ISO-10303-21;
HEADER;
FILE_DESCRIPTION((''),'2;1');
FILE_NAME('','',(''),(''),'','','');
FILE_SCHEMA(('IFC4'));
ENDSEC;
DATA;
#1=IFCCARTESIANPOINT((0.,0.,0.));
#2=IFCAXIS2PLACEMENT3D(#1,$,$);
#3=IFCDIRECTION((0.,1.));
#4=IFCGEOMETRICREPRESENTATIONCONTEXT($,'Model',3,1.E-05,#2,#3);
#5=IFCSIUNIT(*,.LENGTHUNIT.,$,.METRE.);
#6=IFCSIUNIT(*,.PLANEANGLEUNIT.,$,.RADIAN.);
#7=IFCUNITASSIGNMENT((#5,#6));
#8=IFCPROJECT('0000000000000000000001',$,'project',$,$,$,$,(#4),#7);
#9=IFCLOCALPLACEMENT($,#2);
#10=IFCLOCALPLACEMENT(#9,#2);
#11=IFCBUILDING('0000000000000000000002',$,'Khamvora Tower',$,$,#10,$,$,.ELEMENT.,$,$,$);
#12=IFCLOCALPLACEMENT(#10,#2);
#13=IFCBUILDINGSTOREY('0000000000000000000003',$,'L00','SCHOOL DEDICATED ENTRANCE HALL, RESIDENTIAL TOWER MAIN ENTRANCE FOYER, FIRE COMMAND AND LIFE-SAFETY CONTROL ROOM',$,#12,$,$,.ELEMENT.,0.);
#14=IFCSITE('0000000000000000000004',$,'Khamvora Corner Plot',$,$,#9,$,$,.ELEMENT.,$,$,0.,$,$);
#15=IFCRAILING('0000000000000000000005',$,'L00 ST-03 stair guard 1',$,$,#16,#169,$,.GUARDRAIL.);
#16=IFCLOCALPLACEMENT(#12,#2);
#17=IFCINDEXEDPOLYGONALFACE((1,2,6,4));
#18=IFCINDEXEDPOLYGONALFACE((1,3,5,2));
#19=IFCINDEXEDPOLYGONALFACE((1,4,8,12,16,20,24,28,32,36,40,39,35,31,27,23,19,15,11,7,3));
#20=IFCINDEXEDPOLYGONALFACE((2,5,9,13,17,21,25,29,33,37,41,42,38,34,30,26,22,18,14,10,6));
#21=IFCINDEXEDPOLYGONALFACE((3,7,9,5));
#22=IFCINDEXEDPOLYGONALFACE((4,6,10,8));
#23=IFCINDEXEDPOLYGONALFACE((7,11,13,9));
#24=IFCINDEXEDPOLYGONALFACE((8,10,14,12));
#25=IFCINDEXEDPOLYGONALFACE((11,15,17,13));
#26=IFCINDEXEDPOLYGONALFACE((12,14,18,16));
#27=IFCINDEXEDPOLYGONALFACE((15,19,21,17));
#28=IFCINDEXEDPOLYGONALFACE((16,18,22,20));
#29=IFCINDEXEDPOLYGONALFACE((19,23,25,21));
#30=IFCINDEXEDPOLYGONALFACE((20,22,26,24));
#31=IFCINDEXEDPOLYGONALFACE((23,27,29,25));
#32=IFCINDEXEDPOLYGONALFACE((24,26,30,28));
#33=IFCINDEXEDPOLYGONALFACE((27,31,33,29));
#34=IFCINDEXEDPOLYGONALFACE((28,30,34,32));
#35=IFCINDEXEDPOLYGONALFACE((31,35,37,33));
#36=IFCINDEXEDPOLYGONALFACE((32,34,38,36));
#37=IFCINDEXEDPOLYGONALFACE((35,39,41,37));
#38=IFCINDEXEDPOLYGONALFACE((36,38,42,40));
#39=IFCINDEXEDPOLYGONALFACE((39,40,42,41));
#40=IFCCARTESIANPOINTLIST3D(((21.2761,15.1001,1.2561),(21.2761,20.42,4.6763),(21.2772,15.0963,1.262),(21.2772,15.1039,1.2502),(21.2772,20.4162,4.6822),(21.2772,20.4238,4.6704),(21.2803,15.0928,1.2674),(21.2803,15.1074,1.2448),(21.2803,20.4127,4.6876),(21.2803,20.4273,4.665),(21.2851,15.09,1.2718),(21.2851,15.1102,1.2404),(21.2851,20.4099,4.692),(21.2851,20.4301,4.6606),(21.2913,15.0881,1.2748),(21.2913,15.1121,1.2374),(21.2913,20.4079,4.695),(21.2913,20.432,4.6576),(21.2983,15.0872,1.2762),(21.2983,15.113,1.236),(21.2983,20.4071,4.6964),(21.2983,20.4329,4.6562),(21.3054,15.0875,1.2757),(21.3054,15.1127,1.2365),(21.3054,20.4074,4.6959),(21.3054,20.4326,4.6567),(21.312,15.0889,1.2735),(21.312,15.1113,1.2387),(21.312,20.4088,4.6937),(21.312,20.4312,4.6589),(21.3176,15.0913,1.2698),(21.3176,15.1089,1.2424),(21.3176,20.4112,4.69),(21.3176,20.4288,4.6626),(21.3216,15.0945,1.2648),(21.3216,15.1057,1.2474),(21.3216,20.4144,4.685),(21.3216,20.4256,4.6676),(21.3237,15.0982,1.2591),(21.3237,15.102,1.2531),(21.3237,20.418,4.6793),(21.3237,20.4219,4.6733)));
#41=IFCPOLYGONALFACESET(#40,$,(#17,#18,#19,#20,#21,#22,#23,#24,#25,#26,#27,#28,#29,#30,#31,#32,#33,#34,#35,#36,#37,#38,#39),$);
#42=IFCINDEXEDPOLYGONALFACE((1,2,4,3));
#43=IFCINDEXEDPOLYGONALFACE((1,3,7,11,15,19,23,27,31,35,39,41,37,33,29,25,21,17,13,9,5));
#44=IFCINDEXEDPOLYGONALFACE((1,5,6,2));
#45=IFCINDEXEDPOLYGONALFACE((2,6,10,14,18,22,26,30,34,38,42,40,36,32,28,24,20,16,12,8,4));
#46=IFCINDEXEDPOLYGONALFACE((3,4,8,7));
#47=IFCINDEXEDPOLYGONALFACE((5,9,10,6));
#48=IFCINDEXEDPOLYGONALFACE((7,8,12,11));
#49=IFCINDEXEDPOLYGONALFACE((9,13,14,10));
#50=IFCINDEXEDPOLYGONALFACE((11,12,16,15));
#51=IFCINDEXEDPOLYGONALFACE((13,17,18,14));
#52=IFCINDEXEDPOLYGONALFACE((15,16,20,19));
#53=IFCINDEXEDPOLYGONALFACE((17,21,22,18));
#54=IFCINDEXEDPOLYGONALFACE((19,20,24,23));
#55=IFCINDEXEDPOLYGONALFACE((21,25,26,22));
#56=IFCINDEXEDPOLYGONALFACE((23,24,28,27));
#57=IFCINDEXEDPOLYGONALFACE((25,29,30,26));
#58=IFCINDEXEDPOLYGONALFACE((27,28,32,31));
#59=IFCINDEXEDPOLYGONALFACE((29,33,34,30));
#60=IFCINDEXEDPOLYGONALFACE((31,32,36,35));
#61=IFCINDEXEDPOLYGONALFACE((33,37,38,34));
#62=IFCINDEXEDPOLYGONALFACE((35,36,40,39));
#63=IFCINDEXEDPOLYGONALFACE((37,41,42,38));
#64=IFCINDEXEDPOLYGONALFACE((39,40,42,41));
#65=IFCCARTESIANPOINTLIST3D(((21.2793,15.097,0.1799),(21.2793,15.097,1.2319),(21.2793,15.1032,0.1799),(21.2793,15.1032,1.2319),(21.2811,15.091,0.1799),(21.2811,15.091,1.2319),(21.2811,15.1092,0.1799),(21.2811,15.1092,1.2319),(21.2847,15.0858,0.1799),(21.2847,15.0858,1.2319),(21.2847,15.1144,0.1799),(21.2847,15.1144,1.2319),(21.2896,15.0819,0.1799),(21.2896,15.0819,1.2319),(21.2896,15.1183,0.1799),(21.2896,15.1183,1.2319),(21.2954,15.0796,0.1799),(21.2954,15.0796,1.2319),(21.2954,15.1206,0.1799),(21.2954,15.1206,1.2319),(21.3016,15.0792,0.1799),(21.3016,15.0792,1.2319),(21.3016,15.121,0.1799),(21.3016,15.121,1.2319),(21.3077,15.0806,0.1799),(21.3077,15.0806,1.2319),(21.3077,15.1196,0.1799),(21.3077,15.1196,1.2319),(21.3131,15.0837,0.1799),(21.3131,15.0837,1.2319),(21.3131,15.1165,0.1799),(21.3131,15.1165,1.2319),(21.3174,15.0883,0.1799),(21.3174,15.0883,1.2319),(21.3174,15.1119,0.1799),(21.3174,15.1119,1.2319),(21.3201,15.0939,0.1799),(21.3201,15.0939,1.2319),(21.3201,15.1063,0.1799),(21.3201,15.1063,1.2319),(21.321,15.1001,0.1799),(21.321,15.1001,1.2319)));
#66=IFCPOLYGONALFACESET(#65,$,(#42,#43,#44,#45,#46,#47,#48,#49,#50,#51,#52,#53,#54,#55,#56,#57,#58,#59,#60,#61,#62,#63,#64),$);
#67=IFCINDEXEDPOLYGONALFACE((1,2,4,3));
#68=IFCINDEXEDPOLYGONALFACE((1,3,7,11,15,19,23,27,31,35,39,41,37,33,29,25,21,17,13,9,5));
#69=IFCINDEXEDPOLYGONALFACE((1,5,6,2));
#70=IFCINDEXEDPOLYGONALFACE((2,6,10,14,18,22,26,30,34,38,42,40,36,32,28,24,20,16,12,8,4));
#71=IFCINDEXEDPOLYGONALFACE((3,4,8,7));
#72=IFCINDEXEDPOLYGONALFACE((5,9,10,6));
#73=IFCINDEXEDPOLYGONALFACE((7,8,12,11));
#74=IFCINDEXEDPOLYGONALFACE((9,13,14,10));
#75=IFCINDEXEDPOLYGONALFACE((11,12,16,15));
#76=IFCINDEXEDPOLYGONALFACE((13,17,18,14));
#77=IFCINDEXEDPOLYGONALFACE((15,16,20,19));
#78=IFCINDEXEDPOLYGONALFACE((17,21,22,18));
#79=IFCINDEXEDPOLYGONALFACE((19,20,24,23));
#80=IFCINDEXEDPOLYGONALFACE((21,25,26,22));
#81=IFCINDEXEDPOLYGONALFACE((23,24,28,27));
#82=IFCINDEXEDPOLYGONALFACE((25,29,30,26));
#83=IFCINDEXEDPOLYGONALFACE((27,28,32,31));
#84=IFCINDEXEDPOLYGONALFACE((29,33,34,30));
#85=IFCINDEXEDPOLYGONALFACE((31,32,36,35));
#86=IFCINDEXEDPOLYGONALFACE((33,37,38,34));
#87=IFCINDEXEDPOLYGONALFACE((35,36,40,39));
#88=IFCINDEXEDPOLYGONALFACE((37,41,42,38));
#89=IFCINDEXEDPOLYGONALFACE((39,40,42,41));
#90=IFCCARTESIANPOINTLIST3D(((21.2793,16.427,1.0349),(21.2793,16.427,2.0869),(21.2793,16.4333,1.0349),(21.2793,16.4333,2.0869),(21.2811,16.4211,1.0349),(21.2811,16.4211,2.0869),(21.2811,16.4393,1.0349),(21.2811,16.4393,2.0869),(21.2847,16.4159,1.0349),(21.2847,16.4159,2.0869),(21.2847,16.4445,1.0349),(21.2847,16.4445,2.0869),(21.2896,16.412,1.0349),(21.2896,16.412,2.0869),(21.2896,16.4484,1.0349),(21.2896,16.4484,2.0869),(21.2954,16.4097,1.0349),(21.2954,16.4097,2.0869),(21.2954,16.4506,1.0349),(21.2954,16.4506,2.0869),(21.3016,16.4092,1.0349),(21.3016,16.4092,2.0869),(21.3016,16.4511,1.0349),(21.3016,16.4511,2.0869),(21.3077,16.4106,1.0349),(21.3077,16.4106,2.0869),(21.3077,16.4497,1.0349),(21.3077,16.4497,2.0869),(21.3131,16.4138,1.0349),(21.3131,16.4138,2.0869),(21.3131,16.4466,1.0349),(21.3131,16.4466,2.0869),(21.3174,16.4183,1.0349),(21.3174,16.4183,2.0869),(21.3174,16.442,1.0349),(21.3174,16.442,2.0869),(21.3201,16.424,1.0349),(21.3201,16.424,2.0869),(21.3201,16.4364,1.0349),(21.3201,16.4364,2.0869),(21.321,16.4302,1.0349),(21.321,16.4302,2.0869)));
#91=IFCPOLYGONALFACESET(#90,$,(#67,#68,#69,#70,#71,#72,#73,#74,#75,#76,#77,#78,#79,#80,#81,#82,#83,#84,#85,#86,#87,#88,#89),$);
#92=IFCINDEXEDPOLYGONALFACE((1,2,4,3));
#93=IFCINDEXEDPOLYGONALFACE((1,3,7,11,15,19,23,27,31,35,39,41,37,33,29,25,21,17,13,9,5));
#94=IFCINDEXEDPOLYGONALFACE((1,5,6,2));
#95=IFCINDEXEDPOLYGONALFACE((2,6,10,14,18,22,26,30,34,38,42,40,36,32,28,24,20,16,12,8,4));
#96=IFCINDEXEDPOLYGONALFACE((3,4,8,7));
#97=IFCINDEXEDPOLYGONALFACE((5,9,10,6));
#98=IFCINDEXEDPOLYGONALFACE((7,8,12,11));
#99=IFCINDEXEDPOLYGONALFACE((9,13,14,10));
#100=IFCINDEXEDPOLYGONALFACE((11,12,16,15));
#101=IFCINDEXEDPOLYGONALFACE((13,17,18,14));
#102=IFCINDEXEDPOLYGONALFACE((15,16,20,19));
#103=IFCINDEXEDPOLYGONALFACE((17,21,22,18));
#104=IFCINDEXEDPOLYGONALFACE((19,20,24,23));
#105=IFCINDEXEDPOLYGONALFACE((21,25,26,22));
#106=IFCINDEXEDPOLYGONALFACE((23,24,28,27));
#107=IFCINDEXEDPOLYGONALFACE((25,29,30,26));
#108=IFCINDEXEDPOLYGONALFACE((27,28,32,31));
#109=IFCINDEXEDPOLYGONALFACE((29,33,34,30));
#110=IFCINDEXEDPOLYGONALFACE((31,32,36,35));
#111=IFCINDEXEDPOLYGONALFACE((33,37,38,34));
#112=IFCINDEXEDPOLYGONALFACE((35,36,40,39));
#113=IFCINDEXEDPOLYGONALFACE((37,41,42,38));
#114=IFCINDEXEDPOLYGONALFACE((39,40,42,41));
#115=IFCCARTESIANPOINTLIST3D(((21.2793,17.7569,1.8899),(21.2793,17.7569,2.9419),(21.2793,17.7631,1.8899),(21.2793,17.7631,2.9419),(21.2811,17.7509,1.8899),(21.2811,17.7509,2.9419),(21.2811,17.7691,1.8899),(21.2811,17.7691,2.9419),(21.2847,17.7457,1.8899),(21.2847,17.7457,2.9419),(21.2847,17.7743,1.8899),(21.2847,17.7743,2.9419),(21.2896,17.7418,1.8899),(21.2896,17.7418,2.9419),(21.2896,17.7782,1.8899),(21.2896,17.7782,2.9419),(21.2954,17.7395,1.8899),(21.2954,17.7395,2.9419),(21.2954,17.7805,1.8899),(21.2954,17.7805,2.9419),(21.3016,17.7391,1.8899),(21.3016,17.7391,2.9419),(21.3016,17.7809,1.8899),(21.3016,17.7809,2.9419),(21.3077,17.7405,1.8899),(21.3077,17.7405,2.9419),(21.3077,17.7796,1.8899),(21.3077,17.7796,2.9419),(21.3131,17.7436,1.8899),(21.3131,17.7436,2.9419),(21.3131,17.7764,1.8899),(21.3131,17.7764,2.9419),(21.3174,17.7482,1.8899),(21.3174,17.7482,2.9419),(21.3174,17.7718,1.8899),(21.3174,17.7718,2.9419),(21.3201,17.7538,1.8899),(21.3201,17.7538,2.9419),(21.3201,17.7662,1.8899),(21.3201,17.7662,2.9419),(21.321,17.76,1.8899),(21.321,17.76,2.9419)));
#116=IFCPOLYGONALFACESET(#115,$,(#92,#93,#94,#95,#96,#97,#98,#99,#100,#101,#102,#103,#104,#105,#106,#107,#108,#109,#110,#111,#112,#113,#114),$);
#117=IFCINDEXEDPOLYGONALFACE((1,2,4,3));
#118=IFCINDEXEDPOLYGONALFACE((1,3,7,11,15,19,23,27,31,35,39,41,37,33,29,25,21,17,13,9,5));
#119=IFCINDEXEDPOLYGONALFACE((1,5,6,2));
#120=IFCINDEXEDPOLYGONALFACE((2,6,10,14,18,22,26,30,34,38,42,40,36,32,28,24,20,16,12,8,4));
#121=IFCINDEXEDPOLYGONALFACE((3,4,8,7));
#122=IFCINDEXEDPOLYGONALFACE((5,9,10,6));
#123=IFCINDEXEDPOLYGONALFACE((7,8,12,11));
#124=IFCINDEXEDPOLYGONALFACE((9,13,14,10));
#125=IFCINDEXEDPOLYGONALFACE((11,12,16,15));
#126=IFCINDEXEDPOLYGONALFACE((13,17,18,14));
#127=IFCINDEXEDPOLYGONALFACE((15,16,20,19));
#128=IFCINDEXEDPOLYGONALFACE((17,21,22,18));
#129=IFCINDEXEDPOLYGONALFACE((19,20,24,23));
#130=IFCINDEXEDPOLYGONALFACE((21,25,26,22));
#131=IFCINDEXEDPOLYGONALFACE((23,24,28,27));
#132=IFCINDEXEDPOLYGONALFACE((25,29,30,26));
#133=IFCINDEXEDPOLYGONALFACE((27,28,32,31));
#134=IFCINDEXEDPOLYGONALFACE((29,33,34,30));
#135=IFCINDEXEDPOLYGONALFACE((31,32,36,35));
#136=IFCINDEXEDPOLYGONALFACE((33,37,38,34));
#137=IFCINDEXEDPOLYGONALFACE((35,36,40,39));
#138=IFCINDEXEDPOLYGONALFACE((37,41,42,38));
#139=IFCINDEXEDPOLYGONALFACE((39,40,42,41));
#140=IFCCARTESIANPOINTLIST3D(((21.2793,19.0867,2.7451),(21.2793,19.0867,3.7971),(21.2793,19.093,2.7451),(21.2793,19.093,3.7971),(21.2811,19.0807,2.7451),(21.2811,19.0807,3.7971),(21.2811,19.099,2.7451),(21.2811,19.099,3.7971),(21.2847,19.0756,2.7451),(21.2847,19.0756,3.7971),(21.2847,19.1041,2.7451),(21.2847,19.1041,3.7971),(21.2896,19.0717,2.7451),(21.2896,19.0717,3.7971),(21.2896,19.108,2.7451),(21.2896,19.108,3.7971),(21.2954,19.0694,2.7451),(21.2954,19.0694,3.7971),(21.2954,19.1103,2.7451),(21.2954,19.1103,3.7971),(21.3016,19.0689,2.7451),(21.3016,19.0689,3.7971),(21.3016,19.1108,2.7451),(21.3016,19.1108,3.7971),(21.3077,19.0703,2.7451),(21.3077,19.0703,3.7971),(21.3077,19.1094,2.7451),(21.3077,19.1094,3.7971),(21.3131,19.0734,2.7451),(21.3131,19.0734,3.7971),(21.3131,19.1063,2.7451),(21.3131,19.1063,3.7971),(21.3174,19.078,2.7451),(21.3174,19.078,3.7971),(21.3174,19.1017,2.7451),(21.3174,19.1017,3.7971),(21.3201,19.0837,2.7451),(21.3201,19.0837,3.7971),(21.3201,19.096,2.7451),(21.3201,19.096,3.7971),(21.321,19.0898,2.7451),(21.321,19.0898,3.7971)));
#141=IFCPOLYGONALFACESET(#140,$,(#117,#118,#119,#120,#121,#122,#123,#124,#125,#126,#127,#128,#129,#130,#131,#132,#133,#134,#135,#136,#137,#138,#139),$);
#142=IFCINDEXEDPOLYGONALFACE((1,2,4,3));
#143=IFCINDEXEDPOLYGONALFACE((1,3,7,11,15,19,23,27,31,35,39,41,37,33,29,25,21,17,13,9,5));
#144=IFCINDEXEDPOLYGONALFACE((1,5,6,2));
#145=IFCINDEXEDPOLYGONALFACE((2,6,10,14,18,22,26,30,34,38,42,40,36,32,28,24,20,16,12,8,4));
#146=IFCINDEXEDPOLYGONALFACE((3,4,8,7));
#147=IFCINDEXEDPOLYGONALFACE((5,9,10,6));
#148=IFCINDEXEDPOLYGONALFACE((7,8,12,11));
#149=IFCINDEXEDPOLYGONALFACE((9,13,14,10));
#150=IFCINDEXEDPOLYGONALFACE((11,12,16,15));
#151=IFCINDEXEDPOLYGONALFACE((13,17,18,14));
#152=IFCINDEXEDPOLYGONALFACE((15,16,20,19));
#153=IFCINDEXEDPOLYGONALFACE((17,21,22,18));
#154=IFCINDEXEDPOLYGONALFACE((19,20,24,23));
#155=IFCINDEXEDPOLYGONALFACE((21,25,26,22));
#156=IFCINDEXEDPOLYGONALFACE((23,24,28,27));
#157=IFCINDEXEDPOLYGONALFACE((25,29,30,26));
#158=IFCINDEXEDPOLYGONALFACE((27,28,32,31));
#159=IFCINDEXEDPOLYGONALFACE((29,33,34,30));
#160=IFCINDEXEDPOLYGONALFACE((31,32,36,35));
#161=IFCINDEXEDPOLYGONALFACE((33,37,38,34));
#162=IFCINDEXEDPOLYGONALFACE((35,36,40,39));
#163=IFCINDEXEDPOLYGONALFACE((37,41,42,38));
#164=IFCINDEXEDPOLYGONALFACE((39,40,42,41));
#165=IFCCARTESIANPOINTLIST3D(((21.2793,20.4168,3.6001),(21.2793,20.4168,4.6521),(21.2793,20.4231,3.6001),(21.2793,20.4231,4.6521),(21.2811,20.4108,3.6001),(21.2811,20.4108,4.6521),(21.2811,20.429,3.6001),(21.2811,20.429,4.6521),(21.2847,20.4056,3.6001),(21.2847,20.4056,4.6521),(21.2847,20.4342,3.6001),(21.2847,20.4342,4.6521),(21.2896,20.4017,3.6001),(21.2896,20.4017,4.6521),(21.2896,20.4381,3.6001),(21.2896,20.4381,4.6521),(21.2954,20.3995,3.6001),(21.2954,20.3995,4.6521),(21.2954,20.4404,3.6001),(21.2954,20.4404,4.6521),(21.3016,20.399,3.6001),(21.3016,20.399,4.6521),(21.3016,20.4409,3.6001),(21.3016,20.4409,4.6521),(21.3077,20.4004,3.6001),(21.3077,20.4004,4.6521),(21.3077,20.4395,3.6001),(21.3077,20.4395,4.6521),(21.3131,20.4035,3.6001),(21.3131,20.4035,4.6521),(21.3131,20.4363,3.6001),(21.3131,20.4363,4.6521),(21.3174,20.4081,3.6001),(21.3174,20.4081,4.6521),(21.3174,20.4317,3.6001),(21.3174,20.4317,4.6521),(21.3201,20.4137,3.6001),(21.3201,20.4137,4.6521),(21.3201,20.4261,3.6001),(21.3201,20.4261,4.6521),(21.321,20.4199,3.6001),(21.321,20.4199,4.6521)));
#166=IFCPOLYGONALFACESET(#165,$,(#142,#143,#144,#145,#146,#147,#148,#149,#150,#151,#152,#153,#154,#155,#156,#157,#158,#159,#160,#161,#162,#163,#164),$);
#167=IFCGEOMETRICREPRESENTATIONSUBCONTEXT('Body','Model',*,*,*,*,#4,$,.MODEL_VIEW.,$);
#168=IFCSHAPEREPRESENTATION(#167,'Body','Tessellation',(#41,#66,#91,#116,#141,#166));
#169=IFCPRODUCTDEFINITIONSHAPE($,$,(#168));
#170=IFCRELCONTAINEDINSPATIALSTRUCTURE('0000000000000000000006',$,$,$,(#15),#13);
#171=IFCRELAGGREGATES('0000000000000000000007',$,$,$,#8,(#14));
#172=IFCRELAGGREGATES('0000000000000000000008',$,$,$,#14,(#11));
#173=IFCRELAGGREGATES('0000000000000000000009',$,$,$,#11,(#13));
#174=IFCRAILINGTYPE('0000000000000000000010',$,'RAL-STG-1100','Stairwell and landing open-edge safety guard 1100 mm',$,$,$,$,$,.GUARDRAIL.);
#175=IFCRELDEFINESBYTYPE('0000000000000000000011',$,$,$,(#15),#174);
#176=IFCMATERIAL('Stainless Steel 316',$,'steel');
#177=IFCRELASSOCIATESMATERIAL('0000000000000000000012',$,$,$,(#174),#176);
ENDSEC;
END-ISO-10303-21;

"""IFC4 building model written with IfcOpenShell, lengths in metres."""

from ifc_helpers import new_model, si_unit, direction, frame, origin, origin_2d, place, context, subcontext, project, spatial, circle, extrude, material, type_object, element, save


model = new_model("IFC4")

# Units and contexts
model_context = context("Model", 3, precision=1e-05, world=origin(), true_north=direction((0.0, 1.0)))
body_context = subcontext(model_context, "Body", "Model", "MODEL_VIEW")
ifc_project = project(units=[si_unit("LENGTHUNIT", "METRE"), si_unit("PLANEANGLEUNIT", "RADIAN")], contexts=[model_context])

# Site, building, storey
site_placement = place(None, origin())
site = spatial("IfcSite", under=ifc_project, at=site_placement, Name="Khamvora Corner Plot", CompositionType="ELEMENT", RefElevation=0.0)
building_placement = place(site_placement, origin())
building = spatial("IfcBuilding", under=site, at=building_placement, Name="Khamvora Tower", CompositionType="ELEMENT")
storey_placement = place(building_placement, origin())
storey = spatial("IfcBuildingStorey", under=building, at=storey_placement, Name="L00", Description="SCHOOL DEDICATED ENTRANCE HALL, RESIDENTIAL TOWER MAIN ENTRANCE FOYER, FIRE COMMAND AND LIFE-SAFETY CONTROL ROOM", CompositionType="ELEMENT", Elevation=0.0)

# Railing
ifc_material_1 = material(Name="Stainless Steel 316", Category="steel")
railing_type_1 = type_object("IfcRailingType", Name="RAL-STG-1100", Description="Stairwell and landing open-edge safety guard 1100 mm", PredefinedType="GUARDRAIL", material=ifc_material_1)
railing_1_placement = place(storey_placement, frame((21.3, 15.1001, 0.1799)))
element("IfcRailing", 1, at=railing_1_placement, inside=storey, type_object=railing_type_1, Name="L00 ST-03 stair guard 1", PredefinedType="GUARDRAIL", context=body_context, shape_type="SweptSolid", body=[
    extrude(circle(Radius=0.0239, at=origin_2d()), frame((0.0, 0.0, 1.0762), z_axis=(0.0, 0.841158, 0.540789), x_axis=(-1.0, 0.0, 0.0)), (0.0, 0.0, 1.0), 6.3245),
    extrude(circle(Radius=0.021, at=origin_2d()), origin(), (0.0, 0.0, 1.0), 1.052),
    extrude(circle(Radius=0.021, at=origin_2d()), frame((0.0, 1.3301, 0.855)), (0.0, 0.0, 1.0), 1.052),
    extrude(circle(Radius=0.021, at=origin_2d()), frame((0.0, 2.6599, 1.71)), (0.0, 0.0, 1.0), 1.052),
    extrude(circle(Radius=0.021, at=origin_2d()), frame((0.0, 3.9897, 2.5652)), (0.0, 0.0, 1.0), 1.052),
    extrude(circle(Radius=0.021, at=origin_2d()), frame((0.0, 5.3198, 3.4202)), (0.0, 0.0, 1.0), 1.052),
])

save(model, "model.ifc")
